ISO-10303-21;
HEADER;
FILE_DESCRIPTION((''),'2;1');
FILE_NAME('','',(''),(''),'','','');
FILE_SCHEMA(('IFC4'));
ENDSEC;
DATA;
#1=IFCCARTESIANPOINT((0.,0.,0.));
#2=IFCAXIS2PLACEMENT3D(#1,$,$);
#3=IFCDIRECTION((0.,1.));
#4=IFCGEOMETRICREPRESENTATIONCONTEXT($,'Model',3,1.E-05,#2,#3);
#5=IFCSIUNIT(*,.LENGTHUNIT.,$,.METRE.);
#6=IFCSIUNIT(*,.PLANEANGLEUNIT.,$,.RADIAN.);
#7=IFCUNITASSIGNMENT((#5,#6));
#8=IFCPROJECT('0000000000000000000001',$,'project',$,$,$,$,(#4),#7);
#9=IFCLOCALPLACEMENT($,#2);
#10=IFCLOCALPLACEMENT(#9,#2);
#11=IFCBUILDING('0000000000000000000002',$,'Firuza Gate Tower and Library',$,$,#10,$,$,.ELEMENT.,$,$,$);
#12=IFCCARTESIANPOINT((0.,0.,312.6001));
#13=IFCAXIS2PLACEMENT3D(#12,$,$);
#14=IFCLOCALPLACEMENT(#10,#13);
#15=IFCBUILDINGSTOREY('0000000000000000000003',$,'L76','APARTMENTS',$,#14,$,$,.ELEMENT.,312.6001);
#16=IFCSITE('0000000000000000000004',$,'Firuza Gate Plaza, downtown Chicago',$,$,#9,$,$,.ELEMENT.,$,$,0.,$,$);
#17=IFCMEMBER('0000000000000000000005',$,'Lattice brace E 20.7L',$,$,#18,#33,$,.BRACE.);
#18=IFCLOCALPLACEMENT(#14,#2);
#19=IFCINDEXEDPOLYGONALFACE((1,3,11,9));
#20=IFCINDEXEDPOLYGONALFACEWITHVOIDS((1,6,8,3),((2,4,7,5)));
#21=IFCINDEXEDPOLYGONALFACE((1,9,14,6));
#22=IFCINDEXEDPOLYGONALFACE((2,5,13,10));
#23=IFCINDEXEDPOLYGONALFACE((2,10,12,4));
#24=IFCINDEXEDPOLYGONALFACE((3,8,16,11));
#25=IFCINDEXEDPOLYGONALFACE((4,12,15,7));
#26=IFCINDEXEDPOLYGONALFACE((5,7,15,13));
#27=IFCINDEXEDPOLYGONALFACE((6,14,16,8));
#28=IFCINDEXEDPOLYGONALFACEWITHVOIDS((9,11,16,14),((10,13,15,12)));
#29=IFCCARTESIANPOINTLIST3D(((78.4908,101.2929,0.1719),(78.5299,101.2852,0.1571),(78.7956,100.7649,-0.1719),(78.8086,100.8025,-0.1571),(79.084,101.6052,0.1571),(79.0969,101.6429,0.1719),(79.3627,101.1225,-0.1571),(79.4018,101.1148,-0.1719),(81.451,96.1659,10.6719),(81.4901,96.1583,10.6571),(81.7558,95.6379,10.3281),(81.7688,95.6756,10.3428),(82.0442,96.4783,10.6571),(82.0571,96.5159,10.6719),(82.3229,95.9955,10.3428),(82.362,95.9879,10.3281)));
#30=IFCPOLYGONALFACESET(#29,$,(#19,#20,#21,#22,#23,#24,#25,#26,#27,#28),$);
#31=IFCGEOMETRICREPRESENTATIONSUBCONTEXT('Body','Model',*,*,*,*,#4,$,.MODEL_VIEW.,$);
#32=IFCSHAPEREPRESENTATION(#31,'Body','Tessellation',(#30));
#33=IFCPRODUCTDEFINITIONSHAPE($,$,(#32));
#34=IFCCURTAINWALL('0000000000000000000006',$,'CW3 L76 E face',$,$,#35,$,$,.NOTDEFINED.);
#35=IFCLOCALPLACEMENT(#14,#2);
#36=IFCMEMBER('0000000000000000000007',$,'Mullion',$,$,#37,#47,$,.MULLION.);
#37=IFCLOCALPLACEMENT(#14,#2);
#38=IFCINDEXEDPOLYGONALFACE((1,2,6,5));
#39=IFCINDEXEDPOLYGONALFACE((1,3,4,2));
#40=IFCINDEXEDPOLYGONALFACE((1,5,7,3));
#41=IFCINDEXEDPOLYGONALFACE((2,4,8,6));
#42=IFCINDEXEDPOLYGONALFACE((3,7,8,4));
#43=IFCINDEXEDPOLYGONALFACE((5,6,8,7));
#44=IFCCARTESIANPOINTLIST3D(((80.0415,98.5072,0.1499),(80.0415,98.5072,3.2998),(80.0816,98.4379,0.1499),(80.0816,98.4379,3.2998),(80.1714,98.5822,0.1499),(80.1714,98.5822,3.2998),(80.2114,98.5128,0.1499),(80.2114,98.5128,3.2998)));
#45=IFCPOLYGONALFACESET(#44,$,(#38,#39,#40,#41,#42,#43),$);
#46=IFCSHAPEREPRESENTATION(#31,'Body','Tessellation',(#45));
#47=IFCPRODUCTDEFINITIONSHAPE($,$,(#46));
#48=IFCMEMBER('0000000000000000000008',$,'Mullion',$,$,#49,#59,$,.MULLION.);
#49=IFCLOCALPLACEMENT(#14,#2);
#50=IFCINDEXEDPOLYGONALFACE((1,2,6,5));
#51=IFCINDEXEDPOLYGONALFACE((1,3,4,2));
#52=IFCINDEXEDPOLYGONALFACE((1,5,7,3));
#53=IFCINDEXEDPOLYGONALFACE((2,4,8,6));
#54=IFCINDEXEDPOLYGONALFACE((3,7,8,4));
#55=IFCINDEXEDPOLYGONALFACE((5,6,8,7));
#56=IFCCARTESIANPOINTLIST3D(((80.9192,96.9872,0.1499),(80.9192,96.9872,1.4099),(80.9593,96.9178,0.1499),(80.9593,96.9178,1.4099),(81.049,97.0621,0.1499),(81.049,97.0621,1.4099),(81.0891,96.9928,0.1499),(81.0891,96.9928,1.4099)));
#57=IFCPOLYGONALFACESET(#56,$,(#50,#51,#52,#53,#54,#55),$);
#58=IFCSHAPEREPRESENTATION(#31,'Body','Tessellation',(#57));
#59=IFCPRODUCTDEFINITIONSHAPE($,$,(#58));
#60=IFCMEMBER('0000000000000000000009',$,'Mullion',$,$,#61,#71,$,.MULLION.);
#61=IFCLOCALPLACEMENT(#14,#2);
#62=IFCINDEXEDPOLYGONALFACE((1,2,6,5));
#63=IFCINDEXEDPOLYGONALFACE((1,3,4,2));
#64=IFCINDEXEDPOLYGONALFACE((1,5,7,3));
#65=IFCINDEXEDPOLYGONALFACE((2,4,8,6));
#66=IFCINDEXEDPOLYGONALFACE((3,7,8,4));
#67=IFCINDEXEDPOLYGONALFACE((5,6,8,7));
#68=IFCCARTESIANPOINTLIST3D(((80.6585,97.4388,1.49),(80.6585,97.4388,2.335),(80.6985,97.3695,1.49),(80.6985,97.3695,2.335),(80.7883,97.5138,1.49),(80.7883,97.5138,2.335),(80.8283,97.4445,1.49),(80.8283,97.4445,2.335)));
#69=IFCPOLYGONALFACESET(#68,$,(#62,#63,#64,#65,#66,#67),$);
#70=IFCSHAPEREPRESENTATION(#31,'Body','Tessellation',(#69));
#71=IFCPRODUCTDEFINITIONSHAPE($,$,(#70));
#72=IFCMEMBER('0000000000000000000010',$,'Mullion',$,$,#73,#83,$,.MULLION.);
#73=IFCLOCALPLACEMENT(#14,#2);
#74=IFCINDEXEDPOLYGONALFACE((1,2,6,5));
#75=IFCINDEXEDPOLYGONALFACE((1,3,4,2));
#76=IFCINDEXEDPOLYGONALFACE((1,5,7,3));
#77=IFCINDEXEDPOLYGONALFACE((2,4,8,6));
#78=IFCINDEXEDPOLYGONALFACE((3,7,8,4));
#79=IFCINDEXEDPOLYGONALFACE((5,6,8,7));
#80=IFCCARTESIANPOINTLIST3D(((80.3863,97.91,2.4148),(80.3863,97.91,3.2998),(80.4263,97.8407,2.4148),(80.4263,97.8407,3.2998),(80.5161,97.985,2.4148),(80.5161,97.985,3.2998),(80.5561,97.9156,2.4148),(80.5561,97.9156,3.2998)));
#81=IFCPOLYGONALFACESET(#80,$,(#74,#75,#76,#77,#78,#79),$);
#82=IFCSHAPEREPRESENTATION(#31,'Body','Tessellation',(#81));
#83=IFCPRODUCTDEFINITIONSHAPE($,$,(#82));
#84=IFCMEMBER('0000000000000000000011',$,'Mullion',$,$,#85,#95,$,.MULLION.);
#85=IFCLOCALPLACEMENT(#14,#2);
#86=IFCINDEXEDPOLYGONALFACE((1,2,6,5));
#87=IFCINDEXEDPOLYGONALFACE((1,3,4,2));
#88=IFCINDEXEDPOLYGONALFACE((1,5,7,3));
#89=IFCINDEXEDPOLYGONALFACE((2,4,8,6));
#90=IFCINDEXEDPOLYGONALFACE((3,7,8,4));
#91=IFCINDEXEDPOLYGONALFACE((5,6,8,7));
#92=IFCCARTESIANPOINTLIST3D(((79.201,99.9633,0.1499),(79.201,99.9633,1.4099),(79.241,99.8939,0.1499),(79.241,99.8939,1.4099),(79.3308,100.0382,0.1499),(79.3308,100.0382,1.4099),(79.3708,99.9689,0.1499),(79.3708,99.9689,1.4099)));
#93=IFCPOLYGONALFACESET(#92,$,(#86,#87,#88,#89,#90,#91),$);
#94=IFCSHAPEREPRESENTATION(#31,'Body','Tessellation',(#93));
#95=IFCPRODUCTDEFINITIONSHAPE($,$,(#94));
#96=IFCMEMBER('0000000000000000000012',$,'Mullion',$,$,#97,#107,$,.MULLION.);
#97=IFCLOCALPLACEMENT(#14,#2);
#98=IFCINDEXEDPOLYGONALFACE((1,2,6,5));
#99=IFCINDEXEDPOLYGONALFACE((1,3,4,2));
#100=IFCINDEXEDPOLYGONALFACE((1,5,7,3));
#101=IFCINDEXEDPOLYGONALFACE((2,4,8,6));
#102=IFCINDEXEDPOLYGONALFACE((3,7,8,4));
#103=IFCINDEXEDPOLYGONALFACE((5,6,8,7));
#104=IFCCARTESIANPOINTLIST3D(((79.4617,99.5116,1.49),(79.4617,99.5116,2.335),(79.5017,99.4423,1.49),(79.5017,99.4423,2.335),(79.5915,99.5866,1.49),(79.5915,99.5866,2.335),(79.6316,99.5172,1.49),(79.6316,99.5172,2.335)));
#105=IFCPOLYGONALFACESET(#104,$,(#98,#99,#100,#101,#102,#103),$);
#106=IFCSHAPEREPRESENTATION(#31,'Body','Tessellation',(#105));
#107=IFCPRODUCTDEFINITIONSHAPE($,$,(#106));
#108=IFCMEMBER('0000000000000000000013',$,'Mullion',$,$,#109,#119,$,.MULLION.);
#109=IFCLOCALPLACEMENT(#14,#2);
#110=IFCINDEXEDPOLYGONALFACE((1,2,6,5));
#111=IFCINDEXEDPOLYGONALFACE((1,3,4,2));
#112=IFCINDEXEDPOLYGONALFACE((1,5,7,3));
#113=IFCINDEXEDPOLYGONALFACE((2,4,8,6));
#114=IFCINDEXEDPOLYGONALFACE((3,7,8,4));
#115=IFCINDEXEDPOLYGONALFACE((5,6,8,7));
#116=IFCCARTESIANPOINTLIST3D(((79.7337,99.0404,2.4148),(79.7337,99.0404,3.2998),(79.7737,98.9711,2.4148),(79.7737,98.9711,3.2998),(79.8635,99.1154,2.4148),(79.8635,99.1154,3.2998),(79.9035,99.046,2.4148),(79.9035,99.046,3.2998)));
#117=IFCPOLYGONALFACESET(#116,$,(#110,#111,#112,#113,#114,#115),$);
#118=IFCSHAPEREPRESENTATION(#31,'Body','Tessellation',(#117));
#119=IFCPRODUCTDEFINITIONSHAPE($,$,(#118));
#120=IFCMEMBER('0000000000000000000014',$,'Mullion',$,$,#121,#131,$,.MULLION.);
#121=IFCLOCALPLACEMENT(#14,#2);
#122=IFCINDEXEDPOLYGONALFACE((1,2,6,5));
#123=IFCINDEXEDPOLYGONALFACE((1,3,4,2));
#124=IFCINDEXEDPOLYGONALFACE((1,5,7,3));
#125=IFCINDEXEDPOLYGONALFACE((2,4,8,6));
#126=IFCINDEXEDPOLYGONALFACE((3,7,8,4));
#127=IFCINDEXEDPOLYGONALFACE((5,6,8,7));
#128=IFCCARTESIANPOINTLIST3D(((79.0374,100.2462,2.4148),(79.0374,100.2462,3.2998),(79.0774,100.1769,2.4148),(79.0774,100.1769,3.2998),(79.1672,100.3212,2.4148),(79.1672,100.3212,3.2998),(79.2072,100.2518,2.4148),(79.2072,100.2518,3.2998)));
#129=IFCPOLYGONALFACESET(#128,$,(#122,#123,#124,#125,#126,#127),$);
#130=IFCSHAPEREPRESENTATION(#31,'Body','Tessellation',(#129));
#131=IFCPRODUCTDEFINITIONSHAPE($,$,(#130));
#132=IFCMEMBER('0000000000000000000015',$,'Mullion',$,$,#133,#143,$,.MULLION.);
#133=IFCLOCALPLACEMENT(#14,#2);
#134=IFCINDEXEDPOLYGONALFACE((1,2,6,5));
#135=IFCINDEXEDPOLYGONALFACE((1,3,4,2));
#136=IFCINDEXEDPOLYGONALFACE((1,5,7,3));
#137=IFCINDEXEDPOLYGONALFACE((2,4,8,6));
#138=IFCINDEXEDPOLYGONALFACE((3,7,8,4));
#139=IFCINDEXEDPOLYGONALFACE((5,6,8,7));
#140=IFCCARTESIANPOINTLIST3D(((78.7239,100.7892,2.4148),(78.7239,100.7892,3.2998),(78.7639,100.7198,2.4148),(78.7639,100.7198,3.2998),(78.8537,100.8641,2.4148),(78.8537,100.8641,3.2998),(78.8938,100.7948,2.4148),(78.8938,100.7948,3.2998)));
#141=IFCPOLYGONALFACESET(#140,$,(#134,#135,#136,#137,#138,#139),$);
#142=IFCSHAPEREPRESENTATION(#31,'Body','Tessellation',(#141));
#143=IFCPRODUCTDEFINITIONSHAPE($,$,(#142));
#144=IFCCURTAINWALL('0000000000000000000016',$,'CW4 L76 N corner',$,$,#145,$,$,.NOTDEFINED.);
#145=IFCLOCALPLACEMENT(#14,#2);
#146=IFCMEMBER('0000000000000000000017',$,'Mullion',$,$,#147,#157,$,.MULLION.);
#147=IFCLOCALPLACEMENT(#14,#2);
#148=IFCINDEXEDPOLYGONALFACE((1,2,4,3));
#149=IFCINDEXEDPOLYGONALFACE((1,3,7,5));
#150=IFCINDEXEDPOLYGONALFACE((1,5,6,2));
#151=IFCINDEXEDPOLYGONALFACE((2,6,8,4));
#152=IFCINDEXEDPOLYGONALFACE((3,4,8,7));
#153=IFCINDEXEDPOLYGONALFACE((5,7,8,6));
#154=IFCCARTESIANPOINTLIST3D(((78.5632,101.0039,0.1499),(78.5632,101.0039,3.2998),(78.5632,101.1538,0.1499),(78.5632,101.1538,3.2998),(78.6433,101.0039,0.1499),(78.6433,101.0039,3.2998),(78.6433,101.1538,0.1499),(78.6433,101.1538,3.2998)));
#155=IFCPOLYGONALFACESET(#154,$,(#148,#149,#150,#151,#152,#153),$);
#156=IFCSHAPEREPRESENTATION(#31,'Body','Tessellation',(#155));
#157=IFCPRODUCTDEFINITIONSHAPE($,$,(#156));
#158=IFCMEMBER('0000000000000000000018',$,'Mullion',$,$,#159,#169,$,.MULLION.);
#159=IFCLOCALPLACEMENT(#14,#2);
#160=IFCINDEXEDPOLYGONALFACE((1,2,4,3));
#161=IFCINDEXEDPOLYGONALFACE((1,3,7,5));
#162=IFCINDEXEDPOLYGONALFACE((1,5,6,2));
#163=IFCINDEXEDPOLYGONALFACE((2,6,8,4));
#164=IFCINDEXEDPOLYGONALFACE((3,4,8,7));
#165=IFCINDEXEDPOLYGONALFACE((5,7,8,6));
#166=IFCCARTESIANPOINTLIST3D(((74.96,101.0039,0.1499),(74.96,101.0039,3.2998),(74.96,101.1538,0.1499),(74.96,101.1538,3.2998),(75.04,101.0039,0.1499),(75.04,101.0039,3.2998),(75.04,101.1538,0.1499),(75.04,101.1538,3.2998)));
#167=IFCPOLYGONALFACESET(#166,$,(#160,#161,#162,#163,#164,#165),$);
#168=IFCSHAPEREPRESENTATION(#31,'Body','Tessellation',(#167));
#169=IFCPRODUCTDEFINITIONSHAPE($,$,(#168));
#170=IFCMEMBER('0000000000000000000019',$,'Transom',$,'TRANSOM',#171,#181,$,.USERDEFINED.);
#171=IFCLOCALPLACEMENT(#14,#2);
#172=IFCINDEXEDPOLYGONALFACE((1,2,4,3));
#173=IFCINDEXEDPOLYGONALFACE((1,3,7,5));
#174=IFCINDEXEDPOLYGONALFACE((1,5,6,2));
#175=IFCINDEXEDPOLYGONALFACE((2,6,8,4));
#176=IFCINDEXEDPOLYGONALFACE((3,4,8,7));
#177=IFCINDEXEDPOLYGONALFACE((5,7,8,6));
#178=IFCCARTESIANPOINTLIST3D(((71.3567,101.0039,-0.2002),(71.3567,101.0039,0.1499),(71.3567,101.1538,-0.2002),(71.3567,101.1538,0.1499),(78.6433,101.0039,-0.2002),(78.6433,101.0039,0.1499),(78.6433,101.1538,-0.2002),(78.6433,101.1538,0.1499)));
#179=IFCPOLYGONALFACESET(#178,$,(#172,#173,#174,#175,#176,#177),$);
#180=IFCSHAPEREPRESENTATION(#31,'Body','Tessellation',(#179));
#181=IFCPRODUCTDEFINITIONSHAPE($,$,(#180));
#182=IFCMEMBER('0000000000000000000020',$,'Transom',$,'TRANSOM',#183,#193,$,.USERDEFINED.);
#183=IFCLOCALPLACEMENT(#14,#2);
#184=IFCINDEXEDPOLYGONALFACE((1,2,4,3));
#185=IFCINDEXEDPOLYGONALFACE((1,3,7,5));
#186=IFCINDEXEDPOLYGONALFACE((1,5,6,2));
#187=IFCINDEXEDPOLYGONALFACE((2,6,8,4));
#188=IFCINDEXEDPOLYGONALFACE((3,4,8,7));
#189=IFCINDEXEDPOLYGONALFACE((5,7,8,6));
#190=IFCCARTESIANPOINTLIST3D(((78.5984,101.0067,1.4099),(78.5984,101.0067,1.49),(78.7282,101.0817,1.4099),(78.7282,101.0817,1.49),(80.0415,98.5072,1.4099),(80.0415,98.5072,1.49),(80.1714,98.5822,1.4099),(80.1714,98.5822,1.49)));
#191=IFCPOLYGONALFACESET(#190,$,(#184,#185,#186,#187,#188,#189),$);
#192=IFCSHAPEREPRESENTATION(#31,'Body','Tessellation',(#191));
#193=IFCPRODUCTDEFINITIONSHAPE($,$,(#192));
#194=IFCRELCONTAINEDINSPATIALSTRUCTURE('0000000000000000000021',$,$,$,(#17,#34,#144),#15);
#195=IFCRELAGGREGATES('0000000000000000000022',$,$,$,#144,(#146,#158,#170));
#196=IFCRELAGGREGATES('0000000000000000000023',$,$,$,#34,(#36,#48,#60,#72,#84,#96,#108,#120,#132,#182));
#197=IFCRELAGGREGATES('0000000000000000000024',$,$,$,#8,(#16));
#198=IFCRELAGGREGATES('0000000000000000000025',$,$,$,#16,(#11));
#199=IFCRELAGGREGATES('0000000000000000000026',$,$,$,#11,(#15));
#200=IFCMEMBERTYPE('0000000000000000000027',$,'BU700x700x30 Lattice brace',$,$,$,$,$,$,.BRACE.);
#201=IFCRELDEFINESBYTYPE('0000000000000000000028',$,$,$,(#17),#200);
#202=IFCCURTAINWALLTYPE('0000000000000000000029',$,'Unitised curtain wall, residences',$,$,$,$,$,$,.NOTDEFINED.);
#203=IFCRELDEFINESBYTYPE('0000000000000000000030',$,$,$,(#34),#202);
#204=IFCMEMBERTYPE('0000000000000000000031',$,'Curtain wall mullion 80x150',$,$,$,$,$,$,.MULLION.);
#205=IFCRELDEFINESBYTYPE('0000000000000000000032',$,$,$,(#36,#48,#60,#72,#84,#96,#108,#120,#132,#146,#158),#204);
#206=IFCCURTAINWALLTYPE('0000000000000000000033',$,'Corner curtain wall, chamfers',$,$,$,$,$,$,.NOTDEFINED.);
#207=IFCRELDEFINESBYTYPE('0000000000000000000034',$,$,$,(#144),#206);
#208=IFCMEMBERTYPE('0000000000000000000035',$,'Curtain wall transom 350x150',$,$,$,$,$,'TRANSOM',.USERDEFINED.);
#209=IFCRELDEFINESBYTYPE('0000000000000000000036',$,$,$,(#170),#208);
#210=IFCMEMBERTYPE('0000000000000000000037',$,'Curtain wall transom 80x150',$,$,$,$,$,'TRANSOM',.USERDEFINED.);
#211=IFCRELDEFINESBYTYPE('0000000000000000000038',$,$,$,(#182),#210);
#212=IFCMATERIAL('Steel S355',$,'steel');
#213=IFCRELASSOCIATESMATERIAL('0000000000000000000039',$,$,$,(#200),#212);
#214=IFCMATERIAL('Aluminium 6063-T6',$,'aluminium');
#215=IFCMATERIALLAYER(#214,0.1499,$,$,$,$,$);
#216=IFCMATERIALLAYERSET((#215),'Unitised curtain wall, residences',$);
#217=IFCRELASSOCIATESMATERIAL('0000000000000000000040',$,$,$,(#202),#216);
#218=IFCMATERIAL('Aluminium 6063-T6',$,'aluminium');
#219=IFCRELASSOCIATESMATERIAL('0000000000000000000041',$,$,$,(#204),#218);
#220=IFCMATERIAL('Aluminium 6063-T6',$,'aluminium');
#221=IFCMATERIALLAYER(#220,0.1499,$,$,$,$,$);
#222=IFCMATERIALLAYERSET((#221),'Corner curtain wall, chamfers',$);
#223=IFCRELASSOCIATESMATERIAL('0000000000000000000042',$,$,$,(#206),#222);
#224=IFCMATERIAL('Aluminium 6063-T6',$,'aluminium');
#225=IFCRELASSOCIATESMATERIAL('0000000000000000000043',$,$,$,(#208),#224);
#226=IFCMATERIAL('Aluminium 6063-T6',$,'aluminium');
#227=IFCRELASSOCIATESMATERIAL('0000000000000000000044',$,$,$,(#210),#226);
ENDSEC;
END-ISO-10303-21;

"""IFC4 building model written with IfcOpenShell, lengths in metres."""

from ifc_helpers import new_model, si_unit, direction, frame, origin, origin_2d, place, context, subcontext, project, spatial, rectangle, hollow_rectangle, extrude, material, layer, layer_set, material_profile, profile_set, type_object, element, aggregate, save


model = new_model("IFC4")

# Units and contexts
model_context = context("Model", 3, precision=1e-05, world=origin(), true_north=direction((0.0, 1.0)))
body_context = subcontext(model_context, "Body", "Model", "MODEL_VIEW")
ifc_project = project(units=[si_unit("LENGTHUNIT", "METRE"), si_unit("PLANEANGLEUNIT", "RADIAN")], contexts=[model_context])

# Site, building, storey
site_placement = place(None, origin())
site = spatial("IfcSite", under=ifc_project, at=site_placement, Name="Firuza Gate Plaza, downtown Chicago", CompositionType="ELEMENT", RefElevation=0.0)
building_placement = place(site_placement, origin())
building = spatial("IfcBuilding", under=site, at=building_placement, Name="Firuza Gate Tower and Library", CompositionType="ELEMENT")
storey_placement = place(building_placement, frame((0.0, 0.0, 312.6001)))
storey = spatial("IfcBuildingStorey", under=building, at=storey_placement, Name="L76", Description="APARTMENTS", CompositionType="ELEMENT", Elevation=312.6001)

# Member
ifc_material_1 = material(Name="Steel S355", Category="steel")
ifc_material_profile_1 = material_profile(ifc_material_1, hollow_rectangle(XDim=0.7, YDim=0.7, WallThickness=0.03, at=origin_2d()))
ifc_profile_set_1 = profile_set([ifc_material_profile_1], Name="Steel S355")
member_type_1 = type_object("IfcMemberType", Name="BU700x700x30 Lattice brace", PredefinedType="BRACE", material=ifc_profile_set_1)
member_1_placement = place(storey_placement, frame((78.9463, 101.2039, 0.0), z_axis=(0.245579, -0.425333, 0.871081), x_axis=(0.866014, 0.50002, 0.0)))
element("IfcMember", 1, at=member_1_placement, inside=storey, type_object=member_type_1, Name="Lattice brace E 20.7L", PredefinedType="BRACE", context=body_context, shape_type="SweptSolid", body=[
    extrude(hollow_rectangle(XDim=0.7, YDim=0.7, WallThickness=0.03, at=origin_2d()), origin(), (0.0, 0.0, 1.0), 12.054),
])

# Curtain walls, members
ifc_material_2 = material(Name="Aluminium 6063-T6", Category="aluminium")
ifc_layer_1 = layer(ifc_material_2, 0.1499)
ifc_layer_set_1 = layer_set([ifc_layer_1], Name="Unitised curtain wall, residences")
curtain_wall_type_1 = type_object("IfcCurtainWallType", Name="Unitised curtain wall, residences", PredefinedType="NOTDEFINED", material=ifc_layer_set_1)
placement = place(storey_placement, origin())
curtain_wall_1 = element("IfcCurtainWall", 2, at=placement, inside=storey, type_object=curtain_wall_type_1, Name="CW3 L76 E face", PredefinedType="NOTDEFINED")
ifc_material_3 = material(Name="Aluminium 6063-T6", Category="aluminium")
ifc_material_profile_2 = material_profile(ifc_material_3, rectangle(XDim=0.1499, YDim=0.0801, at=origin_2d()))
ifc_profile_set_2 = profile_set([ifc_material_profile_2], Name="Aluminium 6063-T6")
member_type_2 = type_object("IfcMemberType", Name="Curtain wall mullion 80x150", PredefinedType="MULLION", material=ifc_profile_set_2)
member_2_placement = place(storey_placement, frame((80.1265, 98.51, 0.1499), z_axis=(0.0, 0.0, 1.0), x_axis=(-0.866025, -0.5, 0.0)))
member_2 = element("IfcMember", 3, at=member_2_placement, type_object=member_type_2, Name="Mullion", PredefinedType="MULLION", context=body_context, shape_type="SweptSolid", body=[
    extrude(rectangle(XDim=0.1499, YDim=0.0801, at=origin_2d()), origin(), (0.0, 0.0, 1.0), 3.1499),
])
member_3_placement = place(storey_placement, frame((81.0042, 96.99, 0.1499), z_axis=(0.0, 0.0, 1.0), x_axis=(-0.866025, -0.5, 0.0)))
member_3 = element("IfcMember", 4, at=member_3_placement, type_object=member_type_2, Name="Mullion", PredefinedType="MULLION", context=body_context, shape_type="SweptSolid", body=[
    extrude(rectangle(XDim=0.1499, YDim=0.0801, at=origin_2d()), origin(), (0.0, 0.0, 1.0), 1.26),
])
member_4_placement = place(storey_placement, frame((80.7434, 97.4417, 1.49), z_axis=(0.0, 0.0, 1.0), x_axis=(-0.866025, -0.5, 0.0)))
member_4 = element("IfcMember", 5, at=member_4_placement, type_object=member_type_2, Name="Mullion", PredefinedType="MULLION", context=body_context, shape_type="SweptSolid", body=[
    extrude(rectangle(XDim=0.1499, YDim=0.0801, at=origin_2d()), origin(), (0.0, 0.0, 1.0), 0.845),
])
member_5_placement = place(storey_placement, frame((80.4712, 97.9128, 2.4148), z_axis=(0.0, 0.0, 1.0), x_axis=(-0.866025, -0.5, 0.0)))
member_5 = element("IfcMember", 6, at=member_5_placement, type_object=member_type_2, Name="Mullion", PredefinedType="MULLION", context=body_context, shape_type="SweptSolid", body=[
    extrude(rectangle(XDim=0.1499, YDim=0.0801, at=origin_2d()), origin(), (0.0, 0.0, 1.0), 0.885),
])
member_6_placement = place(storey_placement, frame((79.2859, 99.9661, 0.1499), z_axis=(0.0, 0.0, 1.0), x_axis=(-0.866025, -0.5, 0.0)))
member_6 = element("IfcMember", 7, at=member_6_placement, type_object=member_type_2, Name="Mullion", PredefinedType="MULLION", context=body_context, shape_type="SweptSolid", body=[
    extrude(rectangle(XDim=0.1499, YDim=0.0801, at=origin_2d()), origin(), (0.0, 0.0, 1.0), 1.26),
])
member_7_placement = place(storey_placement, frame((79.5466, 99.5144, 1.49), z_axis=(0.0, 0.0, 1.0), x_axis=(-0.866025, -0.5, 0.0)))
member_7 = element("IfcMember", 8, at=member_7_placement, type_object=member_type_2, Name="Mullion", PredefinedType="MULLION", context=body_context, shape_type="SweptSolid", body=[
    extrude(rectangle(XDim=0.1499, YDim=0.0801, at=origin_2d()), origin(), (0.0, 0.0, 1.0), 0.845),
])
member_8_placement = place(storey_placement, frame((79.8186, 99.0432, 2.4148), z_axis=(0.0, 0.0, 1.0), x_axis=(-0.866025, -0.5, 0.0)))
member_8 = element("IfcMember", 9, at=member_8_placement, type_object=member_type_2, Name="Mullion", PredefinedType="MULLION", context=body_context, shape_type="SweptSolid", body=[
    extrude(rectangle(XDim=0.1499, YDim=0.0801, at=origin_2d()), origin(), (0.0, 0.0, 1.0), 0.885),
])
member_9_placement = place(storey_placement, frame((79.1223, 100.249, 2.4148), z_axis=(0.0, 0.0, 1.0), x_axis=(-0.866025, -0.5, 0.0)))
member_9 = element("IfcMember", 10, at=member_9_placement, type_object=member_type_2, Name="Mullion", PredefinedType="MULLION", context=body_context, shape_type="SweptSolid", body=[
    extrude(rectangle(XDim=0.1499, YDim=0.0801, at=origin_2d()), origin(), (0.0, 0.0, 1.0), 0.885),
])
member_10_placement = place(storey_placement, frame((78.8088, 100.792, 2.4148), z_axis=(0.0, 0.0, 1.0), x_axis=(-0.866025, -0.5, 0.0)))
member_10 = element("IfcMember", 11, at=member_10_placement, type_object=member_type_2, Name="Mullion", PredefinedType="MULLION", context=body_context, shape_type="SweptSolid", body=[
    extrude(rectangle(XDim=0.1499, YDim=0.0801, at=origin_2d()), origin(), (0.0, 0.0, 1.0), 0.885),
])
ifc_material_4 = material(Name="Aluminium 6063-T6", Category="aluminium")
ifc_layer_2 = layer(ifc_material_4, 0.1499)
ifc_layer_set_2 = layer_set([ifc_layer_2], Name="Corner curtain wall, chamfers")
curtain_wall_type_2 = type_object("IfcCurtainWallType", Name="Corner curtain wall, chamfers", PredefinedType="NOTDEFINED", material=ifc_layer_set_2)
curtain_wall_2 = element("IfcCurtainWall", 12, at=placement, inside=storey, type_object=curtain_wall_type_2, Name="CW4 L76 N corner", PredefinedType="NOTDEFINED")
member_11_placement = place(storey_placement, frame((78.6033, 101.0789, 0.1499), z_axis=(0.0, 0.0, 1.0), x_axis=(0.0, -1.0, 0.0)))
member_11 = element("IfcMember", 13, at=member_11_placement, type_object=member_type_2, Name="Mullion", PredefinedType="MULLION", context=body_context, shape_type="SweptSolid", body=[
    extrude(rectangle(XDim=0.1499, YDim=0.0801, at=origin_2d()), origin(), (0.0, 0.0, 1.0), 3.1499),
])
member_12_placement = place(storey_placement, frame((75.0, 101.0789, 0.1499), z_axis=(0.0, 0.0, 1.0), x_axis=(0.0, -1.0, 0.0)))
member_12 = element("IfcMember", 14, at=member_12_placement, type_object=member_type_2, Name="Mullion", PredefinedType="MULLION", context=body_context, shape_type="SweptSolid", body=[
    extrude(rectangle(XDim=0.1499, YDim=0.0801, at=origin_2d()), origin(), (0.0, 0.0, 1.0), 3.1499),
])
ifc_material_5 = material(Name="Aluminium 6063-T6", Category="aluminium")
ifc_material_profile_3 = material_profile(ifc_material_5, rectangle(XDim=0.1499, YDim=0.3501, at=origin_2d()))
ifc_profile_set_3 = profile_set([ifc_material_profile_3], Name="Aluminium 6063-T6")
member_type_3 = type_object("IfcMemberType", Name="Curtain wall transom 350x150", ElementType="TRANSOM", PredefinedType="USERDEFINED", material=ifc_profile_set_3)
member_13_placement = place(storey_placement, frame((78.6433, 101.0789, -0.0251), z_axis=(-1.0, 0.0, 0.0), x_axis=(0.0, -1.0, 0.0)))
member_13 = element("IfcMember", 15, at=member_13_placement, type_object=member_type_3, Name="Transom", ObjectType="TRANSOM", PredefinedType="USERDEFINED", context=body_context, shape_type="SweptSolid", body=[
    extrude(rectangle(XDim=0.1499, YDim=0.3501, at=origin_2d()), origin(), (0.0, 0.0, 1.0), 7.2866),
])

# Member
ifc_material_6 = material(Name="Aluminium 6063-T6", Category="aluminium")
ifc_material_profile_4 = material_profile(ifc_material_6, rectangle(XDim=0.1499, YDim=0.0801, at=origin_2d()))
ifc_profile_set_4 = profile_set([ifc_material_profile_4], Name="Aluminium 6063-T6")
member_type_4 = type_object("IfcMemberType", Name="Curtain wall transom 80x150", ElementType="TRANSOM", PredefinedType="USERDEFINED", material=ifc_profile_set_4)
member_14_placement = place(storey_placement, frame((80.1064, 98.5447, 1.45), z_axis=(-0.500006, 0.866022, 0.0), x_axis=(-0.866022, -0.500006, 0.0)))
member_14 = element("IfcMember", 16, at=member_14_placement, type_object=member_type_4, Name="Transom", ObjectType="TRANSOM", PredefinedType="USERDEFINED", context=body_context, shape_type="SweptSolid", body=[
    extrude(rectangle(XDim=0.1499, YDim=0.0801, at=origin_2d()), origin(), (0.0, 0.0, 1.0), 2.8862),
])

aggregate(curtain_wall_2, [member_11, member_12, member_13])
aggregate(curtain_wall_1, [member_2, member_3, member_4, member_5, member_6, member_7, member_8, member_9, member_10, member_14])

save(model, "model.ifc")
